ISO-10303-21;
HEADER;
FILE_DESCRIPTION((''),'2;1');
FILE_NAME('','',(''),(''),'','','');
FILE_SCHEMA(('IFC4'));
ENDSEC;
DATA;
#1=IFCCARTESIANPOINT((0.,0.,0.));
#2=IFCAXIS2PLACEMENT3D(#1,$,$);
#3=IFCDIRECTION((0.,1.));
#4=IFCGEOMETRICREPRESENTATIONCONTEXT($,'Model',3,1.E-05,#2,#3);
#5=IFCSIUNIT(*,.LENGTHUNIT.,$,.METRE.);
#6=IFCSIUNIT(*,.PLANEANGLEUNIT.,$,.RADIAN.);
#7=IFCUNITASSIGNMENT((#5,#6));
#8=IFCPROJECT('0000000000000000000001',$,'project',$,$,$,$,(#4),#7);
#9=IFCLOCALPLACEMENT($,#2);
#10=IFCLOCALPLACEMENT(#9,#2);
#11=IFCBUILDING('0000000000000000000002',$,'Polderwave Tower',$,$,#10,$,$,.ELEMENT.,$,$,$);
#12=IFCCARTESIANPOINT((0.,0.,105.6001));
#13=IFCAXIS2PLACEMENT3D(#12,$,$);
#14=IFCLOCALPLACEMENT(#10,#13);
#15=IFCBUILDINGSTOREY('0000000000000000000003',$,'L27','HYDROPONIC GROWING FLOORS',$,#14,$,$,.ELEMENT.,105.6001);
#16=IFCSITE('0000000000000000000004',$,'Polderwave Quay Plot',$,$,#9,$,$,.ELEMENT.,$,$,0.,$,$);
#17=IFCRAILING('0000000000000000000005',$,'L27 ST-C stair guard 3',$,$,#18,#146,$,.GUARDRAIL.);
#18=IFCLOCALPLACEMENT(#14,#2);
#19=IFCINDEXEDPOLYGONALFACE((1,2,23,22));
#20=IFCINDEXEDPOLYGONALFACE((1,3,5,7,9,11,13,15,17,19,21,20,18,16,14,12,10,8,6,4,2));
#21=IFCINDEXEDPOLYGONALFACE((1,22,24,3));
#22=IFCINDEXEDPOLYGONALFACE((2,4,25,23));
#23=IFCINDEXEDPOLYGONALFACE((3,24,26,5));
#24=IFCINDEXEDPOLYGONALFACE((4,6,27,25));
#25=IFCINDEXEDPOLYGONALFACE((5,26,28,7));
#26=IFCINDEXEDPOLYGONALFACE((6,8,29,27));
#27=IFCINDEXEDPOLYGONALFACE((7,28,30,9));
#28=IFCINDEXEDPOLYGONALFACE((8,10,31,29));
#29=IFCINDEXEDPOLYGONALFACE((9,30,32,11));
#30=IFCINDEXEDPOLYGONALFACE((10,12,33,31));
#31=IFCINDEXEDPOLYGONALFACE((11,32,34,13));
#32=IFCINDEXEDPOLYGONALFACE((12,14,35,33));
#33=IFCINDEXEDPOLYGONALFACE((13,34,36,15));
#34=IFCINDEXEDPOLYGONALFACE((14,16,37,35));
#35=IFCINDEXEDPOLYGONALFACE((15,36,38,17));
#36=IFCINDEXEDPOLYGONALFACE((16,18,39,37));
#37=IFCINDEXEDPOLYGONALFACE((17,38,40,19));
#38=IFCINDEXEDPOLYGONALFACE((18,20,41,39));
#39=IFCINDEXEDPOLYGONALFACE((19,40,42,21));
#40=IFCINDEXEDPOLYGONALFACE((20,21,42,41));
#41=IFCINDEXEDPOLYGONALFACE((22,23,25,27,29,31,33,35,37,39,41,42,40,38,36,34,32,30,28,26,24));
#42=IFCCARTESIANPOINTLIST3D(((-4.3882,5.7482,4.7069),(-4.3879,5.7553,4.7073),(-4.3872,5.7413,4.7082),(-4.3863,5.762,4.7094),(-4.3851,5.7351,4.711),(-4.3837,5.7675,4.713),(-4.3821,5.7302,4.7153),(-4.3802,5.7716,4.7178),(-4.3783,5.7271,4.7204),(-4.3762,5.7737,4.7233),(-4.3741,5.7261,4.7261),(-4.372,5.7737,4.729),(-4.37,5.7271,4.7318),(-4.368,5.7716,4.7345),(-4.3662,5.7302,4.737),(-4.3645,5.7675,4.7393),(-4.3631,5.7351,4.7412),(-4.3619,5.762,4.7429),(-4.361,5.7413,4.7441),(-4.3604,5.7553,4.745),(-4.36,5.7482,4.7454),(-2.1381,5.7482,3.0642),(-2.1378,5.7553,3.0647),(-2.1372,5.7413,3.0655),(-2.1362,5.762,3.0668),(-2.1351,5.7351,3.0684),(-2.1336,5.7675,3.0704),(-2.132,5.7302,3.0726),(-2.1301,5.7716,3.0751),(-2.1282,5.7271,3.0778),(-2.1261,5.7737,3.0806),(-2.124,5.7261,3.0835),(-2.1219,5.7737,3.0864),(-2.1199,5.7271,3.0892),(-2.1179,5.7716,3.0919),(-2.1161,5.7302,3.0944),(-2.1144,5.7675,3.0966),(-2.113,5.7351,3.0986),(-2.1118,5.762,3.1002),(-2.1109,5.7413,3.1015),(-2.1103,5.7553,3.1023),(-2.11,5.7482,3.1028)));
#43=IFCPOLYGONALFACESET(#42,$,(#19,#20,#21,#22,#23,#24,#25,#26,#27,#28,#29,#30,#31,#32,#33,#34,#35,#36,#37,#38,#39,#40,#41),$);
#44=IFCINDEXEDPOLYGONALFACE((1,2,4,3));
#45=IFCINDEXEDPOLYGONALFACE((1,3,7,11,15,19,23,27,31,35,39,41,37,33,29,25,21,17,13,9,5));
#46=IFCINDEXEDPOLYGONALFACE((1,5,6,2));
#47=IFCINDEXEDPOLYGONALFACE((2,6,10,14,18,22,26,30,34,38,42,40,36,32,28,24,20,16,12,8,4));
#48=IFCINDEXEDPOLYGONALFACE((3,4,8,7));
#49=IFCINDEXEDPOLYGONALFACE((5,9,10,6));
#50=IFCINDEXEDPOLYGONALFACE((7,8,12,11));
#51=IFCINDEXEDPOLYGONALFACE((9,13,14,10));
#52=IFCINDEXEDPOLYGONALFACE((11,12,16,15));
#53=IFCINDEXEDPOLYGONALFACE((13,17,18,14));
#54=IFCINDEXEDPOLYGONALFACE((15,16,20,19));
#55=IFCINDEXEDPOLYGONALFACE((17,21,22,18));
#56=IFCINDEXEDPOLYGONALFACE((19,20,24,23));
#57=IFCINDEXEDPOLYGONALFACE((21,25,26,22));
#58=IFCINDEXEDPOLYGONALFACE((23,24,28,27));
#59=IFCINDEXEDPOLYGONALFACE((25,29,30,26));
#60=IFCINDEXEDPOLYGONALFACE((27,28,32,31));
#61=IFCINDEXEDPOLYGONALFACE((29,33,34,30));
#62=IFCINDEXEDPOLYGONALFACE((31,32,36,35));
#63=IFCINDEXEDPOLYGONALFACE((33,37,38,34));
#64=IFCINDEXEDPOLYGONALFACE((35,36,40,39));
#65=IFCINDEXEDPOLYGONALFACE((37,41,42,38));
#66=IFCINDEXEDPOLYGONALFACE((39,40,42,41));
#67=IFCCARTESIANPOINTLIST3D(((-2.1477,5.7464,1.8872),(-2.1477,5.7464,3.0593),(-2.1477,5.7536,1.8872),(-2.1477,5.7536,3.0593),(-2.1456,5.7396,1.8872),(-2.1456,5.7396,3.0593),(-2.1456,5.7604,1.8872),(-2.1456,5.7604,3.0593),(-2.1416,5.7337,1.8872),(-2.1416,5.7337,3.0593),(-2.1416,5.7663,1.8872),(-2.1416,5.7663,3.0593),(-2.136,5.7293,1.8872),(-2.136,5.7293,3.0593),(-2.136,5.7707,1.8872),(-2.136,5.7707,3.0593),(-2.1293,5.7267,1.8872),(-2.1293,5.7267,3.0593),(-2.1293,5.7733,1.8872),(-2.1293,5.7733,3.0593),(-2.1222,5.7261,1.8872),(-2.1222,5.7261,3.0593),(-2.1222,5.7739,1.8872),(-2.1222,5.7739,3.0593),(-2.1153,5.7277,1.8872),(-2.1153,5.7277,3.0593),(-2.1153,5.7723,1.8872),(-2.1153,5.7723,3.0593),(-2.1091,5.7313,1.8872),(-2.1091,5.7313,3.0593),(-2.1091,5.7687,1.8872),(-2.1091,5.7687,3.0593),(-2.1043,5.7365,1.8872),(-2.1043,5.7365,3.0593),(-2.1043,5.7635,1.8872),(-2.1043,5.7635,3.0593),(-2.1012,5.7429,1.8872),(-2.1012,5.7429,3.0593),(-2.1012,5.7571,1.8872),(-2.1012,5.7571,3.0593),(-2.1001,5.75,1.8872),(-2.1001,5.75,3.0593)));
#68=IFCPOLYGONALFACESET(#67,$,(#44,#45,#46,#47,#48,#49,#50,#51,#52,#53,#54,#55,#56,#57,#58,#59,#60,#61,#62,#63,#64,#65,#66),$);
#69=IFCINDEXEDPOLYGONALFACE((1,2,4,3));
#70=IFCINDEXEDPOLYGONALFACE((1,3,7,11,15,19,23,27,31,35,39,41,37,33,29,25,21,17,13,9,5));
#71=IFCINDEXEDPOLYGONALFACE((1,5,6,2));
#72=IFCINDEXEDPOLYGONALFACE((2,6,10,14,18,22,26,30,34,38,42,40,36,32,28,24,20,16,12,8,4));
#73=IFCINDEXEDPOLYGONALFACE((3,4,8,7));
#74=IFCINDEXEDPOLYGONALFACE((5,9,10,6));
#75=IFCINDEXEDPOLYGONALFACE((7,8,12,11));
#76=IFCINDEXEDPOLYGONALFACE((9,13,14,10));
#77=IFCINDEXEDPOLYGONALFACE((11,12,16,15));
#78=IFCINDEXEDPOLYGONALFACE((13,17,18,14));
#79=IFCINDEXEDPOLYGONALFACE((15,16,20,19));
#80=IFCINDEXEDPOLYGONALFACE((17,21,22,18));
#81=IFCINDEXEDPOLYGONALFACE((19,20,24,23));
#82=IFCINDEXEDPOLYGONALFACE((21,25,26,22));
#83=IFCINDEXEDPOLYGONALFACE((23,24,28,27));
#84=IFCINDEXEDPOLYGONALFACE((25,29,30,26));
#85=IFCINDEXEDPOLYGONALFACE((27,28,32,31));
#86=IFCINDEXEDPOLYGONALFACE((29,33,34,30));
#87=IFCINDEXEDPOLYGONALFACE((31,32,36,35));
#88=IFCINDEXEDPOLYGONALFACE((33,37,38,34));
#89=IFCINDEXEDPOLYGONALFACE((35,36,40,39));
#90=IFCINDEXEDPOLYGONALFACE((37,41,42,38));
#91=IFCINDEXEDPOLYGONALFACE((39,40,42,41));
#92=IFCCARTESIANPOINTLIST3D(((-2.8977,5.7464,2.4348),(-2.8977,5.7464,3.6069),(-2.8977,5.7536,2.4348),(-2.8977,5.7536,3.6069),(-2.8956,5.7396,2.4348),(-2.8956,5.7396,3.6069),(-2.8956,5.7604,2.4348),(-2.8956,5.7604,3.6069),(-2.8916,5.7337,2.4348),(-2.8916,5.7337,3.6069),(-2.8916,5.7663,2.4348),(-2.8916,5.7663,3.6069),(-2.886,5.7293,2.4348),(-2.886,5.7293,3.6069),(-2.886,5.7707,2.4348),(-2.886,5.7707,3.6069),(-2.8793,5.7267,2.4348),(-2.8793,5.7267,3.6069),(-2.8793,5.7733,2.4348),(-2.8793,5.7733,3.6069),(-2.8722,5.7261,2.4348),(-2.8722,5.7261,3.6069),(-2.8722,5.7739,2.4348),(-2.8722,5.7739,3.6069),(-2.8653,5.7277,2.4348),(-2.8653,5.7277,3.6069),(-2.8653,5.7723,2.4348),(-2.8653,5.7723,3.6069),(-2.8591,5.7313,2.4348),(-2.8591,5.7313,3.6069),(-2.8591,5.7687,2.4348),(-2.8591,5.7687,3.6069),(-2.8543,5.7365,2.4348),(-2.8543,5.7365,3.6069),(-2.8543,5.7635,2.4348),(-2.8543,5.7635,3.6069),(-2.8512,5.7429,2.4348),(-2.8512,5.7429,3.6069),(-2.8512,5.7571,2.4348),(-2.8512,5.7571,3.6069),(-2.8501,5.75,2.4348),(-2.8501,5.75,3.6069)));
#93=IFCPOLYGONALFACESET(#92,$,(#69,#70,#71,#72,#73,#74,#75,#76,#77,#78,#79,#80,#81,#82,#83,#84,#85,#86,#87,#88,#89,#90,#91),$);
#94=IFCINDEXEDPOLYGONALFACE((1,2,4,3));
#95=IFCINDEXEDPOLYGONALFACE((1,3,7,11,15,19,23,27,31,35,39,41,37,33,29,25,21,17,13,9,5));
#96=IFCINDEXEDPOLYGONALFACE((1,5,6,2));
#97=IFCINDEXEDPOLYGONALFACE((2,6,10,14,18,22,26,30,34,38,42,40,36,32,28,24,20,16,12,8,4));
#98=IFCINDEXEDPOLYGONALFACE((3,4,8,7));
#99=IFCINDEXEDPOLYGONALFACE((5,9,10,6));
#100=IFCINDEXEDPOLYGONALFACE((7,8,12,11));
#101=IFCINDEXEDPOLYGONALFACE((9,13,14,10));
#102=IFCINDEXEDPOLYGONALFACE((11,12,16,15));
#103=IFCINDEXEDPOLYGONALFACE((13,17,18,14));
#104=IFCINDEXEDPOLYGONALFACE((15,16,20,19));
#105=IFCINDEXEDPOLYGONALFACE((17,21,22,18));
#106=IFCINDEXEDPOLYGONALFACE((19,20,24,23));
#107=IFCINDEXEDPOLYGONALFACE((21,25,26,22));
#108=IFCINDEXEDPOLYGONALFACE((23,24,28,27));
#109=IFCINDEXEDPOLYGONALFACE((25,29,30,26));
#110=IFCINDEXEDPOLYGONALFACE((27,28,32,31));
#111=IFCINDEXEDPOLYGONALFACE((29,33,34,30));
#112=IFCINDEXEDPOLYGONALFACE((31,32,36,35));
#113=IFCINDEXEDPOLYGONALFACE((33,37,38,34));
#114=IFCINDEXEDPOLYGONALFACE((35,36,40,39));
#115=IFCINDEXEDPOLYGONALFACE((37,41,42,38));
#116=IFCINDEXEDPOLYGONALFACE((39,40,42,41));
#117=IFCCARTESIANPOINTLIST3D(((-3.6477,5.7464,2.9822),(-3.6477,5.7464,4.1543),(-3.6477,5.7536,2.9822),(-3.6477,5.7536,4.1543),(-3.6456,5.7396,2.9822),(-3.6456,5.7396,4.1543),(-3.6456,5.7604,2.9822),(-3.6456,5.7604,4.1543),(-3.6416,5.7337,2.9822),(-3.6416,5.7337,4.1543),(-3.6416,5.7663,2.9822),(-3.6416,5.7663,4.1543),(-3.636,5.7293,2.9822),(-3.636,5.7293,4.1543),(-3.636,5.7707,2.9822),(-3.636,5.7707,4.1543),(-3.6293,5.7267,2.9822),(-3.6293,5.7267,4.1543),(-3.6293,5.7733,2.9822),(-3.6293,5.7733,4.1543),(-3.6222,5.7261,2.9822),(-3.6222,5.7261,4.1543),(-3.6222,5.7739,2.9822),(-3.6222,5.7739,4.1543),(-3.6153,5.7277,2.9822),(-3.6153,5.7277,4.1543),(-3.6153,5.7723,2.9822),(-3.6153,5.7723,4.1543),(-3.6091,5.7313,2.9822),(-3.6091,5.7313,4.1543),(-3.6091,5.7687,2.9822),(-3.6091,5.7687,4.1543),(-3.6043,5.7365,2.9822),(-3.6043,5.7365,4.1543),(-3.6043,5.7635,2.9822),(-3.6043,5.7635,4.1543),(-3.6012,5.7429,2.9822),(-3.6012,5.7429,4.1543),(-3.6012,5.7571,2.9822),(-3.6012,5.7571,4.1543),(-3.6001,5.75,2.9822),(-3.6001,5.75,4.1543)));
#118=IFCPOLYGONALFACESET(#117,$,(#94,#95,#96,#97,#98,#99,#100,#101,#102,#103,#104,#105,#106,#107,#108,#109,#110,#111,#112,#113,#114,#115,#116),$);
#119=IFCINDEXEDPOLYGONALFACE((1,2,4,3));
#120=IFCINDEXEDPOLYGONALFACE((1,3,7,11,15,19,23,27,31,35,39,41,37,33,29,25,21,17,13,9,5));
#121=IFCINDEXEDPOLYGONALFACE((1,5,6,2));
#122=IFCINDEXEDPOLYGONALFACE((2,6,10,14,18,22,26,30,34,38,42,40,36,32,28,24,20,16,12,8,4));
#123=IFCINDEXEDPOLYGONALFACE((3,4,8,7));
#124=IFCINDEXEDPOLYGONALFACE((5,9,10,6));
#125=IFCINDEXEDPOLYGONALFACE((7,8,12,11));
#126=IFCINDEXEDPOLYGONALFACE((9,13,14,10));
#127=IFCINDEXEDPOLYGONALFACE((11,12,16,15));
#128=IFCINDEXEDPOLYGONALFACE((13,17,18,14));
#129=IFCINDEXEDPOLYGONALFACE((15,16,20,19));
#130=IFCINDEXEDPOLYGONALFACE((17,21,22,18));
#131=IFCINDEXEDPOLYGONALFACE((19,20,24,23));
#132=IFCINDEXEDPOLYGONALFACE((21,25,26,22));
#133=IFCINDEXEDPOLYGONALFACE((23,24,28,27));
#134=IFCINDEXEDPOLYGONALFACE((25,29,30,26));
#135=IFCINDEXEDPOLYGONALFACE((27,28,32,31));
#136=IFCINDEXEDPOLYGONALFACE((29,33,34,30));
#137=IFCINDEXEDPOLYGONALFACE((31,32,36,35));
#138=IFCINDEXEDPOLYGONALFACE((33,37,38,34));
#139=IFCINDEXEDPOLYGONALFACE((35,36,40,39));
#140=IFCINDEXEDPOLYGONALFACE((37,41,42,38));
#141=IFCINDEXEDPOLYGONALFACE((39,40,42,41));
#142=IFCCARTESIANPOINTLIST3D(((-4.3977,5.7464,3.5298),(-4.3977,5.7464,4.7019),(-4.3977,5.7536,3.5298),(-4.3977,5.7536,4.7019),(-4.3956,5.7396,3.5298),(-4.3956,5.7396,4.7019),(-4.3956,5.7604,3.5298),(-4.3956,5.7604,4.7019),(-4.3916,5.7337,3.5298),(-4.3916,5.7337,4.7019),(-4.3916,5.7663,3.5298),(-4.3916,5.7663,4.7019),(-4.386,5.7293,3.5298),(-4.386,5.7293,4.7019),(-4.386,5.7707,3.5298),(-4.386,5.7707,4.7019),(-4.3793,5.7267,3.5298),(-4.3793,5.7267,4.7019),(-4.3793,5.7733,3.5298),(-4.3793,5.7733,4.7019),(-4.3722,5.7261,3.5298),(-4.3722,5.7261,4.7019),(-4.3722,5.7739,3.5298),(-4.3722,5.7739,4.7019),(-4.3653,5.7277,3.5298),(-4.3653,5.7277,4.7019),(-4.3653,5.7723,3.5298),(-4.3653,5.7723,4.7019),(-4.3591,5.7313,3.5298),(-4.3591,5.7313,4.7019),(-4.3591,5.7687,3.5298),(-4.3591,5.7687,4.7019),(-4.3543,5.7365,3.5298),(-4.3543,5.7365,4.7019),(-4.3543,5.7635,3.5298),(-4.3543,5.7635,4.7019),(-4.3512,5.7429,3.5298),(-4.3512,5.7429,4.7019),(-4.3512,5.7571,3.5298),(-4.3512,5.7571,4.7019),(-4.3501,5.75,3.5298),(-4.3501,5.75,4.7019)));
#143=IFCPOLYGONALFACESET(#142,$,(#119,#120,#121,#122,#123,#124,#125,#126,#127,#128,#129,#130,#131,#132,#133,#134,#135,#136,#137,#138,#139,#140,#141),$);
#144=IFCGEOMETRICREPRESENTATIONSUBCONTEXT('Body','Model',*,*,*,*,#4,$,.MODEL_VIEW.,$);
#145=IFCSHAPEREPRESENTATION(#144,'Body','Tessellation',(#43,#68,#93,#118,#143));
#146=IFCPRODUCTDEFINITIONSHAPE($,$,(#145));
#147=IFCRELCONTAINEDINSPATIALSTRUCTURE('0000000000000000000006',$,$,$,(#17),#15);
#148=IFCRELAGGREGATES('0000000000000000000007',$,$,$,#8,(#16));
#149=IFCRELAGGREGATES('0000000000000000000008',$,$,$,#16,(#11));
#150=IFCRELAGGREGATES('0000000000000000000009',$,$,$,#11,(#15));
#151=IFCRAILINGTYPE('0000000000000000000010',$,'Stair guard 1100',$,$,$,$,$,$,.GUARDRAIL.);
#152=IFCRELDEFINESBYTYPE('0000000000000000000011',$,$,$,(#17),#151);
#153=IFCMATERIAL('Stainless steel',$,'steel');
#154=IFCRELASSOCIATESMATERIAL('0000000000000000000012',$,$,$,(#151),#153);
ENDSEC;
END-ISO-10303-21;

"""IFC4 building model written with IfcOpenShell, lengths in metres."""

from ifc_helpers import new_model, si_unit, direction, frame, origin, origin_2d, place, context, subcontext, project, spatial, circle, extrude, material, type_object, element, save


model = new_model("IFC4")

# Units and contexts
model_context = context("Model", 3, precision=1e-05, world=origin(), true_north=direction((0.0, 1.0)))
body_context = subcontext(model_context, "Body", "Model", "MODEL_VIEW")
ifc_project = project(units=[si_unit("LENGTHUNIT", "METRE"), si_unit("PLANEANGLEUNIT", "RADIAN")], contexts=[model_context])

# Site, building, storey
site_placement = place(None, origin())
site = spatial("IfcSite", under=ifc_project, at=site_placement, Name="Polderwave Quay Plot", CompositionType="ELEMENT", RefElevation=0.0)
building_placement = place(site_placement, origin())
building = spatial("IfcBuilding", under=site, at=building_placement, Name="Polderwave Tower", CompositionType="ELEMENT")
storey_placement = place(building_placement, frame((0.0, 0.0, 105.6001)))
storey = spatial("IfcBuildingStorey", under=building, at=storey_placement, Name="L27", Description="HYDROPONIC GROWING FLOORS", CompositionType="ELEMENT", Elevation=105.6001)

# Railing
ifc_material_1 = material(Name="Stainless steel", Category="steel")
railing_type_1 = type_object("IfcRailingType", Name="Stair guard 1100", PredefinedType="GUARDRAIL", material=ifc_material_1)
railing_1_placement = place(storey_placement, frame((-2.124, 5.75, 1.8872)))
element("IfcRailing", 1, at=railing_1_placement, inside=storey, type_object=railing_type_1, Name="L27 ST-C stair guard 3", PredefinedType="GUARDRAIL", context=body_context, shape_type="SweptSolid", body=[
    extrude(circle(Radius=0.0239, at=origin_2d()), frame((0.0, 0.0, 1.1963), z_axis=(-0.807674, 0.0, 0.58963), x_axis=(0.0, -1.0, 0.0)), (0.0, 0.0, 1.0), 2.7859),
    extrude(circle(Radius=0.0239, at=origin_2d()), origin(), (0.0, 0.0, 1.0), 1.1721),
    extrude(circle(Radius=0.0239, at=origin_2d()), frame((-0.75, 0.0, 0.5476)), (0.0, 0.0, 1.0), 1.1721),
    extrude(circle(Radius=0.0239, at=origin_2d()), frame((-1.5, 0.0, 1.095)), (0.0, 0.0, 1.0), 1.1721),
    extrude(circle(Radius=0.0239, at=origin_2d()), frame((-2.25, 0.0, 1.6426)), (0.0, 0.0, 1.0), 1.1721),
])

save(model, "model.ifc")
